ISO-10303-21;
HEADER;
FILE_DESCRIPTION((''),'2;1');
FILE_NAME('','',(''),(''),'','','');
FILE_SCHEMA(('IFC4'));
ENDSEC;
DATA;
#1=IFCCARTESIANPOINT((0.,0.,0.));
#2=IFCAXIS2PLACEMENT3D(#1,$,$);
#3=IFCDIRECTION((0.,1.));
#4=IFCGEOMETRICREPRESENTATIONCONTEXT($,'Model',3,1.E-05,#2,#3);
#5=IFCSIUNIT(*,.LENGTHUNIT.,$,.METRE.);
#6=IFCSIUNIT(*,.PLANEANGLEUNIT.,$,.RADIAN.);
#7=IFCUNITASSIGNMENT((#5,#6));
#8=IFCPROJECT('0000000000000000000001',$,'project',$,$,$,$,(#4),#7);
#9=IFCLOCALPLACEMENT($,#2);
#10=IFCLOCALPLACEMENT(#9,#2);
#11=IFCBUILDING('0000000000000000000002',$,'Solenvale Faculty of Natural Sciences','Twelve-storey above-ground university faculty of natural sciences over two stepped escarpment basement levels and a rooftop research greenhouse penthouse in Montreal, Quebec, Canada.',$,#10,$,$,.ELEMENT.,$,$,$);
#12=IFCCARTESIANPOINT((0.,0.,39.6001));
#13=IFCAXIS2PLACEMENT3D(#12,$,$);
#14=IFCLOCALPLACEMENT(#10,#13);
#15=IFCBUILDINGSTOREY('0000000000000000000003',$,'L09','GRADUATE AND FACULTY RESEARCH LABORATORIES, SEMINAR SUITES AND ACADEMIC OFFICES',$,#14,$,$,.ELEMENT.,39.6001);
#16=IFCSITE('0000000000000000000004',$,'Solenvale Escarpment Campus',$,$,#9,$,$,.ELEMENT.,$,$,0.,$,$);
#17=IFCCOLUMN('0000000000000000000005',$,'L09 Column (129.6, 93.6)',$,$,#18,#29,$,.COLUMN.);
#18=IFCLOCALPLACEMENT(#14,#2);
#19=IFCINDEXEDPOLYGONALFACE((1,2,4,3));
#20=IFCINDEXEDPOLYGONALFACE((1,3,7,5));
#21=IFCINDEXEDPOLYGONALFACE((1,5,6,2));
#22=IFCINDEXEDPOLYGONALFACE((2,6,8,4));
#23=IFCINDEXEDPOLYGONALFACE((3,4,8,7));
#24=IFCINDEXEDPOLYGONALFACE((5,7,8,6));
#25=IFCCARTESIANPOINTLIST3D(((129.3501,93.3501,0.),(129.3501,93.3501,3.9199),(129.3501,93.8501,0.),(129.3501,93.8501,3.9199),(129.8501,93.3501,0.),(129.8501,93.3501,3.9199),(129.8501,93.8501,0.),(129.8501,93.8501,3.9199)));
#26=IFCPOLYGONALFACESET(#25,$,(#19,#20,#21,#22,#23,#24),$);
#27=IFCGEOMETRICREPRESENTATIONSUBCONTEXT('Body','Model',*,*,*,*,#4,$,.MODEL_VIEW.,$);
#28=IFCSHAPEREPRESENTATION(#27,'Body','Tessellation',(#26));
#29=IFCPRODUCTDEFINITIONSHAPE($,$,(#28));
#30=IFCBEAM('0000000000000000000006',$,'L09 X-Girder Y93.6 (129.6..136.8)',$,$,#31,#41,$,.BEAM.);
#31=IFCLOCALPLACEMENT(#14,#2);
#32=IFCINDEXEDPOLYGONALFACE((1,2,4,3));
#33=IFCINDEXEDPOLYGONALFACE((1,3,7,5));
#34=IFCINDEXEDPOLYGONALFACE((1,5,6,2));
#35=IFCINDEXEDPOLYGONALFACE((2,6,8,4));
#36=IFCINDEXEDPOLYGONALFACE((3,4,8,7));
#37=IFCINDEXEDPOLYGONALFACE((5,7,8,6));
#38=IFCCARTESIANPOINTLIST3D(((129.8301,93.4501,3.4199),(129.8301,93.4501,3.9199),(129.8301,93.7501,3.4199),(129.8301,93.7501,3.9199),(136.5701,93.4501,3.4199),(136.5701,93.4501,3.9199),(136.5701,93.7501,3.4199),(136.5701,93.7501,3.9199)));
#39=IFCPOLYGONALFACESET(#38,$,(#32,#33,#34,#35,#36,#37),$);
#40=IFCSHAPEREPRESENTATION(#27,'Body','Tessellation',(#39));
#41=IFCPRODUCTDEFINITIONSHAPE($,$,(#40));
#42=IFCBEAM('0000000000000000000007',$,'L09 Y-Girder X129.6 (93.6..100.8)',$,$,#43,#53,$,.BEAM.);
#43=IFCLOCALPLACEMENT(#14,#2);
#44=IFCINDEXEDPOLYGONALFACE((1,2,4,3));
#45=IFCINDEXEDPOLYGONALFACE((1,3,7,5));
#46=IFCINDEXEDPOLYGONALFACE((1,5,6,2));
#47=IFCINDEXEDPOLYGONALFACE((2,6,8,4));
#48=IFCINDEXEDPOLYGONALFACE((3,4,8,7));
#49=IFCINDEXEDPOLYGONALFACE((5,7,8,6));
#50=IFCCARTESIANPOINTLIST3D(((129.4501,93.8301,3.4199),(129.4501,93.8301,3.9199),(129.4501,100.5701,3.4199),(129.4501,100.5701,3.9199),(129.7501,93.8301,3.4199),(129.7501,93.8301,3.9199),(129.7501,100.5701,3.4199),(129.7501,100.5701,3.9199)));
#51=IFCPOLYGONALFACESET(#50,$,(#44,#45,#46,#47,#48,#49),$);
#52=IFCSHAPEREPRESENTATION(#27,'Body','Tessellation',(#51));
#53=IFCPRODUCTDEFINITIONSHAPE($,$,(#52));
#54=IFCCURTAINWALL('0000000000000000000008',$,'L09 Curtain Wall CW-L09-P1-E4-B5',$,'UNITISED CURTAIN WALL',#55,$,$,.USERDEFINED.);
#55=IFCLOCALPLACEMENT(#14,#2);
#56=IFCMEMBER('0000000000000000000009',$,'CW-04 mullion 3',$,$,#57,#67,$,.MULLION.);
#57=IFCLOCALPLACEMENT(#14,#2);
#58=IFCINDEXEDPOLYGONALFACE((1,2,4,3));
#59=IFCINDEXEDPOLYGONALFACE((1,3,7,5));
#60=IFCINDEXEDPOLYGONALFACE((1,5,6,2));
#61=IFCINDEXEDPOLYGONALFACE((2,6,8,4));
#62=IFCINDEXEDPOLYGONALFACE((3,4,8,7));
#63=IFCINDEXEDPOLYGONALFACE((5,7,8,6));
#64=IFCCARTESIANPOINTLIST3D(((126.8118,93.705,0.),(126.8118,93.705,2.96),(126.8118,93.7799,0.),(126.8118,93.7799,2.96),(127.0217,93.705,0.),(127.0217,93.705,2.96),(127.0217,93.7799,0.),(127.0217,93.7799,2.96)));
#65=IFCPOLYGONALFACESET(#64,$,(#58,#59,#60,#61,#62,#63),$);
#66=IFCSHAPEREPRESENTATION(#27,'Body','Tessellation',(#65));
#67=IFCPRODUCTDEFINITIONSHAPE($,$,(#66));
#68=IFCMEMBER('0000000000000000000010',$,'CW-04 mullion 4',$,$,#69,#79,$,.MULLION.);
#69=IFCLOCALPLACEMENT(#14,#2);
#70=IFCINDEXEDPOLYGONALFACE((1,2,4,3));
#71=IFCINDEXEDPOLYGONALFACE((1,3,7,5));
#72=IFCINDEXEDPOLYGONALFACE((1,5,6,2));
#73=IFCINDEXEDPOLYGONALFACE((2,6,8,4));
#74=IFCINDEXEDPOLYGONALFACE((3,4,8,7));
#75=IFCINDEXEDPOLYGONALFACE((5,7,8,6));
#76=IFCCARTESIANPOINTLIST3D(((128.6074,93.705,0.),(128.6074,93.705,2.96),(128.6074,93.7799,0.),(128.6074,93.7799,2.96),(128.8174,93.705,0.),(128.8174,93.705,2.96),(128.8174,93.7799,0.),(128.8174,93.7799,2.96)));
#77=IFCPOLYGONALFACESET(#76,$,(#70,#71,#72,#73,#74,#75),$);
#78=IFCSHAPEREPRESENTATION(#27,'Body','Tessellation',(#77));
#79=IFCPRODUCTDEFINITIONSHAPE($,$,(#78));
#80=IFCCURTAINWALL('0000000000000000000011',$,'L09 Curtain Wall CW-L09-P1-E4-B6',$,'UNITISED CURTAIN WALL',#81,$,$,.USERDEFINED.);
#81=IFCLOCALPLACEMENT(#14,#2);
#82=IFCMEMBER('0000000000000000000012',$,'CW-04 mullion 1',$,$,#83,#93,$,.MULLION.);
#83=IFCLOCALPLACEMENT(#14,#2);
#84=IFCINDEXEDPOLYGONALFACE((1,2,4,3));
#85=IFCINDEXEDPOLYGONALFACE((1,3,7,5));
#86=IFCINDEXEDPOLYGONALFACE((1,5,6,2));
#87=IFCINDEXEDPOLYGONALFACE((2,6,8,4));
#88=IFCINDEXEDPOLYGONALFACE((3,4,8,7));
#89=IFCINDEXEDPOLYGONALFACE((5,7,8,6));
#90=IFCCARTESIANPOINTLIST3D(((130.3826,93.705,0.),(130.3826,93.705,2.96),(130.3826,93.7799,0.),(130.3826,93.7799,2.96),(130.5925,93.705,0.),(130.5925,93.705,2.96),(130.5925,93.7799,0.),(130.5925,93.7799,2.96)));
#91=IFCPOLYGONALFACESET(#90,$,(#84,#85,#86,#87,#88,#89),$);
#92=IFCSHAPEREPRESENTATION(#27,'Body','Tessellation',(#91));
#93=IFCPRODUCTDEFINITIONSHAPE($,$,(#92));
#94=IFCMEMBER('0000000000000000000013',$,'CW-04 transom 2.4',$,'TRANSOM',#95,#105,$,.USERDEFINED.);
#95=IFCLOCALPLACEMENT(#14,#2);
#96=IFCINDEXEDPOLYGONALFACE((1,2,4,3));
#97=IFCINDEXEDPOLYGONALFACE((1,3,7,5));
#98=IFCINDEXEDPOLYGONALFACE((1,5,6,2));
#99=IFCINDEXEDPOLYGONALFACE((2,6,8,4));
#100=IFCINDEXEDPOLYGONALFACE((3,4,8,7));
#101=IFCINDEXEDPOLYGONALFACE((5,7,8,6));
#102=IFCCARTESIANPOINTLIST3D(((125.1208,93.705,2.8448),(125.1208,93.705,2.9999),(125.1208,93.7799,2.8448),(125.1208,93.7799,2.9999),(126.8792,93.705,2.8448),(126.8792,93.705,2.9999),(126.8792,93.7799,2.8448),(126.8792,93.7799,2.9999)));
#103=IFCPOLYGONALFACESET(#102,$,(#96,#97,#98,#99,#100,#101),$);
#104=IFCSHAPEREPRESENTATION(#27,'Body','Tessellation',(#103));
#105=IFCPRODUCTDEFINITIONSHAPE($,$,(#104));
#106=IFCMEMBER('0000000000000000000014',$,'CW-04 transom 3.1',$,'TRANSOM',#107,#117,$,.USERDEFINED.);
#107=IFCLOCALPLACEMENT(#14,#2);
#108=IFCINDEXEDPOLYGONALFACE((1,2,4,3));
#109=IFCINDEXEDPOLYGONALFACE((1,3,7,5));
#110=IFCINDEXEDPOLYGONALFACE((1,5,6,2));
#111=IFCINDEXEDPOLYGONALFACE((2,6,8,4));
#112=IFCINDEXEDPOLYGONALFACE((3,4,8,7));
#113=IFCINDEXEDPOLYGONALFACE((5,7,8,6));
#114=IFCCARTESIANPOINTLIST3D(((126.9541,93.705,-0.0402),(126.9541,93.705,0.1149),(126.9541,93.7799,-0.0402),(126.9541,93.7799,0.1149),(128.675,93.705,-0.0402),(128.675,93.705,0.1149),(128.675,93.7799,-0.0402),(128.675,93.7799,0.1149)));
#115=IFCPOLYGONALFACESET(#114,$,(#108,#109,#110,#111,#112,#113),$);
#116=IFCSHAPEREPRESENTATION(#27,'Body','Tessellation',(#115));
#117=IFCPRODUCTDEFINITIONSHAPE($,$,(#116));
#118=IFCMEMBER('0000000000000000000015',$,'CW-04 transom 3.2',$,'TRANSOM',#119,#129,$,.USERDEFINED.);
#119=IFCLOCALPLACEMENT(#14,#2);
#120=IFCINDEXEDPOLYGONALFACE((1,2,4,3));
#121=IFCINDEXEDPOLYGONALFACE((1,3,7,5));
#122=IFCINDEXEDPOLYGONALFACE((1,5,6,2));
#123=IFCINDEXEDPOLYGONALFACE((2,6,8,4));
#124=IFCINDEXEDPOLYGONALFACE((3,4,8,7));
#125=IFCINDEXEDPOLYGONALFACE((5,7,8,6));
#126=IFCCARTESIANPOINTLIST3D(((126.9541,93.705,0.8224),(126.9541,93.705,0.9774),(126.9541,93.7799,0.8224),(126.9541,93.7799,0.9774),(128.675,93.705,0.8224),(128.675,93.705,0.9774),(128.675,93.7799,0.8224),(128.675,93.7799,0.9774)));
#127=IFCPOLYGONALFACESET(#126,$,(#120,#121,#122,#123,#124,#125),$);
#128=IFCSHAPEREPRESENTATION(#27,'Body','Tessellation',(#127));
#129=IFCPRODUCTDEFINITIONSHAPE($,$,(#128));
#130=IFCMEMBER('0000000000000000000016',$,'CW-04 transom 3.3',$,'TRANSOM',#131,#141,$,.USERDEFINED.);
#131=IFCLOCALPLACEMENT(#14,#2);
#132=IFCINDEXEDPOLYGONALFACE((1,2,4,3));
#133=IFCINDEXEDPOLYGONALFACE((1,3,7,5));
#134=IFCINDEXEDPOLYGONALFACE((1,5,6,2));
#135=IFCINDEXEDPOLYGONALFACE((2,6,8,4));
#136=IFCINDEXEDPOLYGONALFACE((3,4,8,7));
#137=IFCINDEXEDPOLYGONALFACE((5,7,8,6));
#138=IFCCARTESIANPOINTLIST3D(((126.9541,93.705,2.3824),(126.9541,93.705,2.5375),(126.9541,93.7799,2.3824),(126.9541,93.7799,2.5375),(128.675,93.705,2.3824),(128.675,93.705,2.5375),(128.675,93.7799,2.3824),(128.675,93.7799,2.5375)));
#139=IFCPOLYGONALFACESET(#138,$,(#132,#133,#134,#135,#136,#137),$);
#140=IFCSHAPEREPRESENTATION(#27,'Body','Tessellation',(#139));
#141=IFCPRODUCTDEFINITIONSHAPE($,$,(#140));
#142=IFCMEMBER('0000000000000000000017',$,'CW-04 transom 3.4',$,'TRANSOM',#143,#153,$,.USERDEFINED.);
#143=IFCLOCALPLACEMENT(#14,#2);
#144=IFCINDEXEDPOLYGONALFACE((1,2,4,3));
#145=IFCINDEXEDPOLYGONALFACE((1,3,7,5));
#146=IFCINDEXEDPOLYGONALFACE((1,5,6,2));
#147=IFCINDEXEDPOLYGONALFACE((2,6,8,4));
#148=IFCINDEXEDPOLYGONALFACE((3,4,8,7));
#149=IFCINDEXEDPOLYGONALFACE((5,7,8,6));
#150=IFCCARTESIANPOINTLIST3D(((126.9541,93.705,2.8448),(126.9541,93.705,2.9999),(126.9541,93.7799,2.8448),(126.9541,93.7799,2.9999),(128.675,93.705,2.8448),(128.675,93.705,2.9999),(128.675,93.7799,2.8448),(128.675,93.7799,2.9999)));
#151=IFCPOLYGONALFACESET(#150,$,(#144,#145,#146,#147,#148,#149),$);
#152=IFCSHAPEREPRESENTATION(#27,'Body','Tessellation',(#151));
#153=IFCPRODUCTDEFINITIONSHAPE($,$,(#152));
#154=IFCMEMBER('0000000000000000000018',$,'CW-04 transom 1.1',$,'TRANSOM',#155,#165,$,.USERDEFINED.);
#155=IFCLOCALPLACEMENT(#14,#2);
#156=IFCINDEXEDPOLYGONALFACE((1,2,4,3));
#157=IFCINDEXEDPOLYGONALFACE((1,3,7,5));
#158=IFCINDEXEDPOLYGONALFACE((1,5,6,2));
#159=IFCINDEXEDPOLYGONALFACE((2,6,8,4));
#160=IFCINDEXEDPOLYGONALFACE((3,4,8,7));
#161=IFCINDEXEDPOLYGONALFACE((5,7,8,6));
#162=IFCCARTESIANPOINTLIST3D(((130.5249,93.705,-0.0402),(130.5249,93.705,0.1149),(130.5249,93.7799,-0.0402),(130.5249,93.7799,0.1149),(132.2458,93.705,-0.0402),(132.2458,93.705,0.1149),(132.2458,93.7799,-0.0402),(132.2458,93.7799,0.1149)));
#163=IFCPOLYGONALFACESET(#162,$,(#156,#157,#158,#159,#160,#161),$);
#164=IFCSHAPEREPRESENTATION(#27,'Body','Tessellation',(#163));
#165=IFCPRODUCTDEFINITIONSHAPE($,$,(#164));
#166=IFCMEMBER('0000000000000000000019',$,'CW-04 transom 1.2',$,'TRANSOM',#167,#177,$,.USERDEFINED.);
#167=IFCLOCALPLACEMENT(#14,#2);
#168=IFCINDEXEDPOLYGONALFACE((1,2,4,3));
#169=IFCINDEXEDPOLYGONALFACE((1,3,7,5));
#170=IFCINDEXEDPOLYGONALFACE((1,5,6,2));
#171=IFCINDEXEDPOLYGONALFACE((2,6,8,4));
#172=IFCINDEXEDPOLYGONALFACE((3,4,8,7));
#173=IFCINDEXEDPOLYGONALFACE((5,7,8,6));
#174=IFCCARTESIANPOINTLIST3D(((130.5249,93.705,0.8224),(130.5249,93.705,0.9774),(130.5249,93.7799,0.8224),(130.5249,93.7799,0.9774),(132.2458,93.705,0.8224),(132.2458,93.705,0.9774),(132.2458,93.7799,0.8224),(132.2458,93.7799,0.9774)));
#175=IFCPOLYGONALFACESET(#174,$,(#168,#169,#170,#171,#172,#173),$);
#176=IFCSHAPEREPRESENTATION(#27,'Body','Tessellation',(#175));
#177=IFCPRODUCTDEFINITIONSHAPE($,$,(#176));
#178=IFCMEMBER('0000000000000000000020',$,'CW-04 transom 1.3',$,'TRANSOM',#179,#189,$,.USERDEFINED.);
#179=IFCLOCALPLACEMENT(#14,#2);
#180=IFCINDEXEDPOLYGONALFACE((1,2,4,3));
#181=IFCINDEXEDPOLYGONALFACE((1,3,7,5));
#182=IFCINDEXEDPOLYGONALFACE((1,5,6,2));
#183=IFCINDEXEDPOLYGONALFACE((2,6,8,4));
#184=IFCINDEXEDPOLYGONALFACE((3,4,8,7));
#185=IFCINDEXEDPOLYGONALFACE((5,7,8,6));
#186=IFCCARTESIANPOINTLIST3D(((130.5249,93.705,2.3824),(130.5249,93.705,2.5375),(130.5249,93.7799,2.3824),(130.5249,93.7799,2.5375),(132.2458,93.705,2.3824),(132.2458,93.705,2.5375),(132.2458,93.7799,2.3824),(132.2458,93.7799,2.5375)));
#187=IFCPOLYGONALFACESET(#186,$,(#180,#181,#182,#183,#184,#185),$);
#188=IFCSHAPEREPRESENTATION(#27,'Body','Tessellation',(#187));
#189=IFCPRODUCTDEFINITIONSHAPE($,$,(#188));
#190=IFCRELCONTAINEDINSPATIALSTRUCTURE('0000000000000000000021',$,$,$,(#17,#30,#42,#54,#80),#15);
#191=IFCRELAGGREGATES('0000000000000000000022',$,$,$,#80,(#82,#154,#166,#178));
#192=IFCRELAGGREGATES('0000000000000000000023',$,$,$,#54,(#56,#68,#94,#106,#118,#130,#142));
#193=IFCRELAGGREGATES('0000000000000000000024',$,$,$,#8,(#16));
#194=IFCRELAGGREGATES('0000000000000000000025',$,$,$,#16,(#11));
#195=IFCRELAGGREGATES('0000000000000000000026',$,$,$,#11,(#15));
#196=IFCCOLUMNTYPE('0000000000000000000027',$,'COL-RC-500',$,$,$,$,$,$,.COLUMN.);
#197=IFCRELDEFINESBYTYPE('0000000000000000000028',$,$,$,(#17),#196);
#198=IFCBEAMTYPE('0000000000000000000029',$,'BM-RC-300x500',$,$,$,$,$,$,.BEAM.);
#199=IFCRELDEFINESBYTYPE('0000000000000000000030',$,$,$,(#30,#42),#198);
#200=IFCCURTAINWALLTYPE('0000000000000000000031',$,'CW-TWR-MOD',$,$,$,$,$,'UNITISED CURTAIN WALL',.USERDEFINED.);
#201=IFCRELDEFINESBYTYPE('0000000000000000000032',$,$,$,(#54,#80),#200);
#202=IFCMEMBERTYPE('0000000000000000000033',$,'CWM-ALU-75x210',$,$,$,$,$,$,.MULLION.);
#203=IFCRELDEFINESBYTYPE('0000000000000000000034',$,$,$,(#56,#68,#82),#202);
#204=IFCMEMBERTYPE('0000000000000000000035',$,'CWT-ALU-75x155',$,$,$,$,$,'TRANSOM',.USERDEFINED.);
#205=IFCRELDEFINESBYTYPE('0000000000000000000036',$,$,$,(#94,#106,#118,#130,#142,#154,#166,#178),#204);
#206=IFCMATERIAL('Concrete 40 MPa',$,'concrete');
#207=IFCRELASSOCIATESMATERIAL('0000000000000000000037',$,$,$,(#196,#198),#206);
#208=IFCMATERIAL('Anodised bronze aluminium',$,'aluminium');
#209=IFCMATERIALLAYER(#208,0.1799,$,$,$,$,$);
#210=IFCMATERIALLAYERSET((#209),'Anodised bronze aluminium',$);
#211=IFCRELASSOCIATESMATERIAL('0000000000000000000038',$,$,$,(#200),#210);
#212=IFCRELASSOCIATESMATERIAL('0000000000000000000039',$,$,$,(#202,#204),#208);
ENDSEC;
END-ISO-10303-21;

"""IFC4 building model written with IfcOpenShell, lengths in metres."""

from ifc_helpers import new_model, si_unit, direction, frame, origin, origin_2d, place, context, subcontext, project, spatial, rectangle, extrude, material, layer, layer_set, material_profile, profile_set, type_object, element, aggregate, save


model = new_model("IFC4")

# Units and contexts
model_context = context("Model", 3, precision=1e-05, world=origin(), true_north=direction((0.0, 1.0)))
body_context = subcontext(model_context, "Body", "Model", "MODEL_VIEW")
ifc_project = project(units=[si_unit("LENGTHUNIT", "METRE"), si_unit("PLANEANGLEUNIT", "RADIAN")], contexts=[model_context])

# Site, building, storey
site_placement = place(None, origin())
site = spatial("IfcSite", under=ifc_project, at=site_placement, Name="Solenvale Escarpment Campus", CompositionType="ELEMENT", RefElevation=0.0)
building_placement = place(site_placement, origin())
building = spatial("IfcBuilding", under=site, at=building_placement, Name="Solenvale Faculty of Natural Sciences", Description="Twelve-storey above-ground university faculty of natural sciences over two stepped escarpment basement levels and a rooftop research greenhouse penthouse in Montreal, Quebec, Canada.", CompositionType="ELEMENT")
storey_placement = place(building_placement, frame((0.0, 0.0, 39.6001)))
storey = spatial("IfcBuildingStorey", under=building, at=storey_placement, Name="L09", Description="GRADUATE AND FACULTY RESEARCH LABORATORIES, SEMINAR SUITES AND ACADEMIC OFFICES", CompositionType="ELEMENT", Elevation=39.6001)

# Column
ifc_material_1 = material(Name="Concrete 40 MPa", Category="concrete")
ifc_material_profile_1 = material_profile(ifc_material_1, rectangle(XDim=0.5, YDim=0.5, at=origin_2d()), Name="RC-COL-500x500")
ifc_profile_set_1 = profile_set([ifc_material_profile_1], Name="Concrete 40 MPa")
column_type = type_object("IfcColumnType", Name="COL-RC-500", PredefinedType="COLUMN", material=ifc_profile_set_1)
column_placement = place(storey_placement, frame((129.6001, 93.6001, 0.0), z_axis=(0.0, 0.0, 1.0), x_axis=(1.0, 0.0, 0.0)))
element("IfcColumn", 1, at=column_placement, inside=storey, type_object=column_type, Name="L09 Column (129.6, 93.6)", PredefinedType="COLUMN", context=body_context, shape_type="SweptSolid", body=[
    extrude(rectangle(XDim=0.5, YDim=0.5, at=origin_2d()), origin(), (0.0, 0.0, 1.0), 3.9199),
])

# Beams
ifc_material_profile_2 = material_profile(ifc_material_1, rectangle(XDim=0.3, YDim=0.5, at=origin_2d()), Name="RC-BM-300x500")
ifc_profile_set_2 = profile_set([ifc_material_profile_2], Name="Concrete 40 MPa")
beam_type = type_object("IfcBeamType", Name="BM-RC-300x500", PredefinedType="BEAM", material=ifc_profile_set_2)
for number, where, z_axis, x_axis, name in (
    (2, (129.8301, 93.6001, 3.6699), (1.0, 0.0, 0.0), (0.0, 1.0, 0.0), "L09 X-Girder Y93.6 (129.6..136.8)"),
    (3, (129.6001, 93.8301, 3.6699), (0.0, 1.0, 0.0), (-1.0, 0.0, 0.0), "L09 Y-Girder X129.6 (93.6..100.8)"),
):
    element("IfcBeam", number, at=place(storey_placement, frame(where, z_axis=z_axis, x_axis=x_axis)), inside=storey, type_object=beam_type, Name=name, PredefinedType="BEAM", context=body_context, shape_type="SweptSolid", body=[
        extrude(rectangle(XDim=0.3, YDim=0.5, at=origin_2d()), origin(), (0.0, 0.0, 1.0), 6.74),
    ])

# Curtain wall, members
ifc_material_2 = material(Name="Anodised bronze aluminium", Category="aluminium")
ifc_layer_1 = layer(ifc_material_2, 0.1799)
ifc_layer_set_1 = layer_set([ifc_layer_1], Name="Anodised bronze aluminium")
curtain_wall_type = type_object("IfcCurtainWallType", Name="CW-TWR-MOD", ElementType="UNITISED CURTAIN WALL", PredefinedType="USERDEFINED", material=ifc_layer_set_1)
curtain_wall_1_placement = place(storey_placement, origin())
curtain_wall_1 = element("IfcCurtainWall", 4, at=curtain_wall_1_placement, inside=storey, type_object=curtain_wall_type, Name="L09 Curtain Wall CW-L09-P1-E4-B5", ObjectType="UNITISED CURTAIN WALL", PredefinedType="USERDEFINED")
ifc_material_profile_3 = material_profile(ifc_material_2, rectangle(XDim=0.075, YDim=0.21, at=origin_2d()), Name="ALU-MUL-75x210")
ifc_profile_set_3 = profile_set([ifc_material_profile_3], Name="Anodised bronze aluminium")
member_type_1 = type_object("IfcMemberType", Name="CWM-ALU-75x210", PredefinedType="MULLION", material=ifc_profile_set_3)
member_1_placement = place(storey_placement, frame((126.9167, 93.7424, 0.0), z_axis=(0.0, 0.0, 1.0), x_axis=(0.0, 1.0, 0.0)))
member_1 = element("IfcMember", 5, at=member_1_placement, type_object=member_type_1, Name="CW-04 mullion 3", PredefinedType="MULLION", context=body_context, shape_type="SweptSolid", body=[
    extrude(rectangle(XDim=0.075, YDim=0.21, at=origin_2d()), origin(), (0.0, 0.0, 1.0), 2.96),
])
member_2_placement = place(storey_placement, frame((128.7124, 93.7424, 0.0), z_axis=(0.0, 0.0, 1.0), x_axis=(0.0, 1.0, 0.0)))
member_2 = element("IfcMember", 6, at=member_2_placement, type_object=member_type_1, Name="CW-04 mullion 4", PredefinedType="MULLION", context=body_context, shape_type="SweptSolid", body=[
    extrude(rectangle(XDim=0.075, YDim=0.21, at=origin_2d()), origin(), (0.0, 0.0, 1.0), 2.96),
])

# Curtain wall, member
curtain_wall_2_placement = place(storey_placement, origin())
curtain_wall_2 = element("IfcCurtainWall", 7, at=curtain_wall_2_placement, inside=storey, type_object=curtain_wall_type, Name="L09 Curtain Wall CW-L09-P1-E4-B6", ObjectType="UNITISED CURTAIN WALL", PredefinedType="USERDEFINED")
member_3_placement = place(storey_placement, frame((130.4875, 93.7424, 0.0), z_axis=(0.0, 0.0, 1.0), x_axis=(0.0, 1.0, 0.0)))
member_3 = element("IfcMember", 8, at=member_3_placement, type_object=member_type_1, Name="CW-04 mullion 1", PredefinedType="MULLION", context=body_context, shape_type="SweptSolid", body=[
    extrude(rectangle(XDim=0.075, YDim=0.21, at=origin_2d()), origin(), (0.0, 0.0, 1.0), 2.96),
])

# Members
ifc_material_profile_4 = material_profile(ifc_material_2, rectangle(XDim=0.075, YDim=0.155, at=origin_2d()), Name="ALU-TRN-75x155")
ifc_profile_set_4 = profile_set([ifc_material_profile_4], Name="Anodised bronze aluminium")
member_type_2 = type_object("IfcMemberType", Name="CWT-ALU-75x155", ElementType="TRANSOM", PredefinedType="USERDEFINED", material=ifc_profile_set_4)
member_4_placement = place(storey_placement, frame((125.1208, 93.7424, 2.9224), z_axis=(1.0, 0.0, 0.0), x_axis=(0.0, 1.0, 0.0)))
member_4 = element("IfcMember", 9, at=member_4_placement, type_object=member_type_2, Name="CW-04 transom 2.4", ObjectType="TRANSOM", PredefinedType="USERDEFINED", context=body_context, shape_type="SweptSolid", body=[
    extrude(rectangle(XDim=0.075, YDim=0.155, at=origin_2d()), origin(), (0.0, 0.0, 1.0), 1.7583),
])
member_5_placement = place(storey_placement, frame((126.9541, 93.7424, 0.0374), z_axis=(1.0, 0.0, 0.0), x_axis=(0.0, 1.0, 0.0)))
member_5 = element("IfcMember", 10, at=member_5_placement, type_object=member_type_2, Name="CW-04 transom 3.1", ObjectType="TRANSOM", PredefinedType="USERDEFINED", context=body_context, shape_type="SweptSolid", body=[
    extrude(rectangle(XDim=0.075, YDim=0.155, at=origin_2d()), origin(), (0.0, 0.0, 1.0), 1.7209),
])
member_6_placement = place(storey_placement, frame((126.9541, 93.7424, 0.8999), z_axis=(1.0, 0.0, 0.0), x_axis=(0.0, 1.0, 0.0)))
member_6 = element("IfcMember", 11, at=member_6_placement, type_object=member_type_2, Name="CW-04 transom 3.2", ObjectType="TRANSOM", PredefinedType="USERDEFINED", context=body_context, shape_type="SweptSolid", body=[
    extrude(rectangle(XDim=0.075, YDim=0.155, at=origin_2d()), origin(), (0.0, 0.0, 1.0), 1.7209),
])
member_7_placement = place(storey_placement, frame((126.9541, 93.7424, 2.46), z_axis=(1.0, 0.0, 0.0), x_axis=(0.0, 1.0, 0.0)))
member_7 = element("IfcMember", 12, at=member_7_placement, type_object=member_type_2, Name="CW-04 transom 3.3", ObjectType="TRANSOM", PredefinedType="USERDEFINED", context=body_context, shape_type="SweptSolid", body=[
    extrude(rectangle(XDim=0.075, YDim=0.155, at=origin_2d()), origin(), (0.0, 0.0, 1.0), 1.7209),
])
member_8_placement = place(storey_placement, frame((126.9541, 93.7424, 2.9224), z_axis=(1.0, 0.0, 0.0), x_axis=(0.0, 1.0, 0.0)))
member_8 = element("IfcMember", 13, at=member_8_placement, type_object=member_type_2, Name="CW-04 transom 3.4", ObjectType="TRANSOM", PredefinedType="USERDEFINED", context=body_context, shape_type="SweptSolid", body=[
    extrude(rectangle(XDim=0.075, YDim=0.155, at=origin_2d()), origin(), (0.0, 0.0, 1.0), 1.7209),
])
member_9_placement = place(storey_placement, frame((130.5249, 93.7424, 0.0374), z_axis=(1.0, 0.0, 0.0), x_axis=(0.0, 1.0, 0.0)))
member_9 = element("IfcMember", 14, at=member_9_placement, type_object=member_type_2, Name="CW-04 transom 1.1", ObjectType="TRANSOM", PredefinedType="USERDEFINED", context=body_context, shape_type="SweptSolid", body=[
    extrude(rectangle(XDim=0.075, YDim=0.155, at=origin_2d()), origin(), (0.0, 0.0, 1.0), 1.7209),
])
member_10_placement = place(storey_placement, frame((130.5249, 93.7424, 0.8999), z_axis=(1.0, 0.0, 0.0), x_axis=(0.0, 1.0, 0.0)))
member_10 = element("IfcMember", 15, at=member_10_placement, type_object=member_type_2, Name="CW-04 transom 1.2", ObjectType="TRANSOM", PredefinedType="USERDEFINED", context=body_context, shape_type="SweptSolid", body=[
    extrude(rectangle(XDim=0.075, YDim=0.155, at=origin_2d()), origin(), (0.0, 0.0, 1.0), 1.7209),
])
member_11_placement = place(storey_placement, frame((130.5249, 93.7424, 2.46), z_axis=(1.0, 0.0, 0.0), x_axis=(0.0, 1.0, 0.0)))
member_11 = element("IfcMember", 16, at=member_11_placement, type_object=member_type_2, Name="CW-04 transom 1.3", ObjectType="TRANSOM", PredefinedType="USERDEFINED", context=body_context, shape_type="SweptSolid", body=[
    extrude(rectangle(XDim=0.075, YDim=0.155, at=origin_2d()), origin(), (0.0, 0.0, 1.0), 1.7209),
])
aggregate(curtain_wall_2, [member_3, member_9, member_10, member_11])

aggregate(curtain_wall_1, [member_1, member_2, member_4, member_5, member_6, member_7, member_8])

save(model, "model.ifc")
